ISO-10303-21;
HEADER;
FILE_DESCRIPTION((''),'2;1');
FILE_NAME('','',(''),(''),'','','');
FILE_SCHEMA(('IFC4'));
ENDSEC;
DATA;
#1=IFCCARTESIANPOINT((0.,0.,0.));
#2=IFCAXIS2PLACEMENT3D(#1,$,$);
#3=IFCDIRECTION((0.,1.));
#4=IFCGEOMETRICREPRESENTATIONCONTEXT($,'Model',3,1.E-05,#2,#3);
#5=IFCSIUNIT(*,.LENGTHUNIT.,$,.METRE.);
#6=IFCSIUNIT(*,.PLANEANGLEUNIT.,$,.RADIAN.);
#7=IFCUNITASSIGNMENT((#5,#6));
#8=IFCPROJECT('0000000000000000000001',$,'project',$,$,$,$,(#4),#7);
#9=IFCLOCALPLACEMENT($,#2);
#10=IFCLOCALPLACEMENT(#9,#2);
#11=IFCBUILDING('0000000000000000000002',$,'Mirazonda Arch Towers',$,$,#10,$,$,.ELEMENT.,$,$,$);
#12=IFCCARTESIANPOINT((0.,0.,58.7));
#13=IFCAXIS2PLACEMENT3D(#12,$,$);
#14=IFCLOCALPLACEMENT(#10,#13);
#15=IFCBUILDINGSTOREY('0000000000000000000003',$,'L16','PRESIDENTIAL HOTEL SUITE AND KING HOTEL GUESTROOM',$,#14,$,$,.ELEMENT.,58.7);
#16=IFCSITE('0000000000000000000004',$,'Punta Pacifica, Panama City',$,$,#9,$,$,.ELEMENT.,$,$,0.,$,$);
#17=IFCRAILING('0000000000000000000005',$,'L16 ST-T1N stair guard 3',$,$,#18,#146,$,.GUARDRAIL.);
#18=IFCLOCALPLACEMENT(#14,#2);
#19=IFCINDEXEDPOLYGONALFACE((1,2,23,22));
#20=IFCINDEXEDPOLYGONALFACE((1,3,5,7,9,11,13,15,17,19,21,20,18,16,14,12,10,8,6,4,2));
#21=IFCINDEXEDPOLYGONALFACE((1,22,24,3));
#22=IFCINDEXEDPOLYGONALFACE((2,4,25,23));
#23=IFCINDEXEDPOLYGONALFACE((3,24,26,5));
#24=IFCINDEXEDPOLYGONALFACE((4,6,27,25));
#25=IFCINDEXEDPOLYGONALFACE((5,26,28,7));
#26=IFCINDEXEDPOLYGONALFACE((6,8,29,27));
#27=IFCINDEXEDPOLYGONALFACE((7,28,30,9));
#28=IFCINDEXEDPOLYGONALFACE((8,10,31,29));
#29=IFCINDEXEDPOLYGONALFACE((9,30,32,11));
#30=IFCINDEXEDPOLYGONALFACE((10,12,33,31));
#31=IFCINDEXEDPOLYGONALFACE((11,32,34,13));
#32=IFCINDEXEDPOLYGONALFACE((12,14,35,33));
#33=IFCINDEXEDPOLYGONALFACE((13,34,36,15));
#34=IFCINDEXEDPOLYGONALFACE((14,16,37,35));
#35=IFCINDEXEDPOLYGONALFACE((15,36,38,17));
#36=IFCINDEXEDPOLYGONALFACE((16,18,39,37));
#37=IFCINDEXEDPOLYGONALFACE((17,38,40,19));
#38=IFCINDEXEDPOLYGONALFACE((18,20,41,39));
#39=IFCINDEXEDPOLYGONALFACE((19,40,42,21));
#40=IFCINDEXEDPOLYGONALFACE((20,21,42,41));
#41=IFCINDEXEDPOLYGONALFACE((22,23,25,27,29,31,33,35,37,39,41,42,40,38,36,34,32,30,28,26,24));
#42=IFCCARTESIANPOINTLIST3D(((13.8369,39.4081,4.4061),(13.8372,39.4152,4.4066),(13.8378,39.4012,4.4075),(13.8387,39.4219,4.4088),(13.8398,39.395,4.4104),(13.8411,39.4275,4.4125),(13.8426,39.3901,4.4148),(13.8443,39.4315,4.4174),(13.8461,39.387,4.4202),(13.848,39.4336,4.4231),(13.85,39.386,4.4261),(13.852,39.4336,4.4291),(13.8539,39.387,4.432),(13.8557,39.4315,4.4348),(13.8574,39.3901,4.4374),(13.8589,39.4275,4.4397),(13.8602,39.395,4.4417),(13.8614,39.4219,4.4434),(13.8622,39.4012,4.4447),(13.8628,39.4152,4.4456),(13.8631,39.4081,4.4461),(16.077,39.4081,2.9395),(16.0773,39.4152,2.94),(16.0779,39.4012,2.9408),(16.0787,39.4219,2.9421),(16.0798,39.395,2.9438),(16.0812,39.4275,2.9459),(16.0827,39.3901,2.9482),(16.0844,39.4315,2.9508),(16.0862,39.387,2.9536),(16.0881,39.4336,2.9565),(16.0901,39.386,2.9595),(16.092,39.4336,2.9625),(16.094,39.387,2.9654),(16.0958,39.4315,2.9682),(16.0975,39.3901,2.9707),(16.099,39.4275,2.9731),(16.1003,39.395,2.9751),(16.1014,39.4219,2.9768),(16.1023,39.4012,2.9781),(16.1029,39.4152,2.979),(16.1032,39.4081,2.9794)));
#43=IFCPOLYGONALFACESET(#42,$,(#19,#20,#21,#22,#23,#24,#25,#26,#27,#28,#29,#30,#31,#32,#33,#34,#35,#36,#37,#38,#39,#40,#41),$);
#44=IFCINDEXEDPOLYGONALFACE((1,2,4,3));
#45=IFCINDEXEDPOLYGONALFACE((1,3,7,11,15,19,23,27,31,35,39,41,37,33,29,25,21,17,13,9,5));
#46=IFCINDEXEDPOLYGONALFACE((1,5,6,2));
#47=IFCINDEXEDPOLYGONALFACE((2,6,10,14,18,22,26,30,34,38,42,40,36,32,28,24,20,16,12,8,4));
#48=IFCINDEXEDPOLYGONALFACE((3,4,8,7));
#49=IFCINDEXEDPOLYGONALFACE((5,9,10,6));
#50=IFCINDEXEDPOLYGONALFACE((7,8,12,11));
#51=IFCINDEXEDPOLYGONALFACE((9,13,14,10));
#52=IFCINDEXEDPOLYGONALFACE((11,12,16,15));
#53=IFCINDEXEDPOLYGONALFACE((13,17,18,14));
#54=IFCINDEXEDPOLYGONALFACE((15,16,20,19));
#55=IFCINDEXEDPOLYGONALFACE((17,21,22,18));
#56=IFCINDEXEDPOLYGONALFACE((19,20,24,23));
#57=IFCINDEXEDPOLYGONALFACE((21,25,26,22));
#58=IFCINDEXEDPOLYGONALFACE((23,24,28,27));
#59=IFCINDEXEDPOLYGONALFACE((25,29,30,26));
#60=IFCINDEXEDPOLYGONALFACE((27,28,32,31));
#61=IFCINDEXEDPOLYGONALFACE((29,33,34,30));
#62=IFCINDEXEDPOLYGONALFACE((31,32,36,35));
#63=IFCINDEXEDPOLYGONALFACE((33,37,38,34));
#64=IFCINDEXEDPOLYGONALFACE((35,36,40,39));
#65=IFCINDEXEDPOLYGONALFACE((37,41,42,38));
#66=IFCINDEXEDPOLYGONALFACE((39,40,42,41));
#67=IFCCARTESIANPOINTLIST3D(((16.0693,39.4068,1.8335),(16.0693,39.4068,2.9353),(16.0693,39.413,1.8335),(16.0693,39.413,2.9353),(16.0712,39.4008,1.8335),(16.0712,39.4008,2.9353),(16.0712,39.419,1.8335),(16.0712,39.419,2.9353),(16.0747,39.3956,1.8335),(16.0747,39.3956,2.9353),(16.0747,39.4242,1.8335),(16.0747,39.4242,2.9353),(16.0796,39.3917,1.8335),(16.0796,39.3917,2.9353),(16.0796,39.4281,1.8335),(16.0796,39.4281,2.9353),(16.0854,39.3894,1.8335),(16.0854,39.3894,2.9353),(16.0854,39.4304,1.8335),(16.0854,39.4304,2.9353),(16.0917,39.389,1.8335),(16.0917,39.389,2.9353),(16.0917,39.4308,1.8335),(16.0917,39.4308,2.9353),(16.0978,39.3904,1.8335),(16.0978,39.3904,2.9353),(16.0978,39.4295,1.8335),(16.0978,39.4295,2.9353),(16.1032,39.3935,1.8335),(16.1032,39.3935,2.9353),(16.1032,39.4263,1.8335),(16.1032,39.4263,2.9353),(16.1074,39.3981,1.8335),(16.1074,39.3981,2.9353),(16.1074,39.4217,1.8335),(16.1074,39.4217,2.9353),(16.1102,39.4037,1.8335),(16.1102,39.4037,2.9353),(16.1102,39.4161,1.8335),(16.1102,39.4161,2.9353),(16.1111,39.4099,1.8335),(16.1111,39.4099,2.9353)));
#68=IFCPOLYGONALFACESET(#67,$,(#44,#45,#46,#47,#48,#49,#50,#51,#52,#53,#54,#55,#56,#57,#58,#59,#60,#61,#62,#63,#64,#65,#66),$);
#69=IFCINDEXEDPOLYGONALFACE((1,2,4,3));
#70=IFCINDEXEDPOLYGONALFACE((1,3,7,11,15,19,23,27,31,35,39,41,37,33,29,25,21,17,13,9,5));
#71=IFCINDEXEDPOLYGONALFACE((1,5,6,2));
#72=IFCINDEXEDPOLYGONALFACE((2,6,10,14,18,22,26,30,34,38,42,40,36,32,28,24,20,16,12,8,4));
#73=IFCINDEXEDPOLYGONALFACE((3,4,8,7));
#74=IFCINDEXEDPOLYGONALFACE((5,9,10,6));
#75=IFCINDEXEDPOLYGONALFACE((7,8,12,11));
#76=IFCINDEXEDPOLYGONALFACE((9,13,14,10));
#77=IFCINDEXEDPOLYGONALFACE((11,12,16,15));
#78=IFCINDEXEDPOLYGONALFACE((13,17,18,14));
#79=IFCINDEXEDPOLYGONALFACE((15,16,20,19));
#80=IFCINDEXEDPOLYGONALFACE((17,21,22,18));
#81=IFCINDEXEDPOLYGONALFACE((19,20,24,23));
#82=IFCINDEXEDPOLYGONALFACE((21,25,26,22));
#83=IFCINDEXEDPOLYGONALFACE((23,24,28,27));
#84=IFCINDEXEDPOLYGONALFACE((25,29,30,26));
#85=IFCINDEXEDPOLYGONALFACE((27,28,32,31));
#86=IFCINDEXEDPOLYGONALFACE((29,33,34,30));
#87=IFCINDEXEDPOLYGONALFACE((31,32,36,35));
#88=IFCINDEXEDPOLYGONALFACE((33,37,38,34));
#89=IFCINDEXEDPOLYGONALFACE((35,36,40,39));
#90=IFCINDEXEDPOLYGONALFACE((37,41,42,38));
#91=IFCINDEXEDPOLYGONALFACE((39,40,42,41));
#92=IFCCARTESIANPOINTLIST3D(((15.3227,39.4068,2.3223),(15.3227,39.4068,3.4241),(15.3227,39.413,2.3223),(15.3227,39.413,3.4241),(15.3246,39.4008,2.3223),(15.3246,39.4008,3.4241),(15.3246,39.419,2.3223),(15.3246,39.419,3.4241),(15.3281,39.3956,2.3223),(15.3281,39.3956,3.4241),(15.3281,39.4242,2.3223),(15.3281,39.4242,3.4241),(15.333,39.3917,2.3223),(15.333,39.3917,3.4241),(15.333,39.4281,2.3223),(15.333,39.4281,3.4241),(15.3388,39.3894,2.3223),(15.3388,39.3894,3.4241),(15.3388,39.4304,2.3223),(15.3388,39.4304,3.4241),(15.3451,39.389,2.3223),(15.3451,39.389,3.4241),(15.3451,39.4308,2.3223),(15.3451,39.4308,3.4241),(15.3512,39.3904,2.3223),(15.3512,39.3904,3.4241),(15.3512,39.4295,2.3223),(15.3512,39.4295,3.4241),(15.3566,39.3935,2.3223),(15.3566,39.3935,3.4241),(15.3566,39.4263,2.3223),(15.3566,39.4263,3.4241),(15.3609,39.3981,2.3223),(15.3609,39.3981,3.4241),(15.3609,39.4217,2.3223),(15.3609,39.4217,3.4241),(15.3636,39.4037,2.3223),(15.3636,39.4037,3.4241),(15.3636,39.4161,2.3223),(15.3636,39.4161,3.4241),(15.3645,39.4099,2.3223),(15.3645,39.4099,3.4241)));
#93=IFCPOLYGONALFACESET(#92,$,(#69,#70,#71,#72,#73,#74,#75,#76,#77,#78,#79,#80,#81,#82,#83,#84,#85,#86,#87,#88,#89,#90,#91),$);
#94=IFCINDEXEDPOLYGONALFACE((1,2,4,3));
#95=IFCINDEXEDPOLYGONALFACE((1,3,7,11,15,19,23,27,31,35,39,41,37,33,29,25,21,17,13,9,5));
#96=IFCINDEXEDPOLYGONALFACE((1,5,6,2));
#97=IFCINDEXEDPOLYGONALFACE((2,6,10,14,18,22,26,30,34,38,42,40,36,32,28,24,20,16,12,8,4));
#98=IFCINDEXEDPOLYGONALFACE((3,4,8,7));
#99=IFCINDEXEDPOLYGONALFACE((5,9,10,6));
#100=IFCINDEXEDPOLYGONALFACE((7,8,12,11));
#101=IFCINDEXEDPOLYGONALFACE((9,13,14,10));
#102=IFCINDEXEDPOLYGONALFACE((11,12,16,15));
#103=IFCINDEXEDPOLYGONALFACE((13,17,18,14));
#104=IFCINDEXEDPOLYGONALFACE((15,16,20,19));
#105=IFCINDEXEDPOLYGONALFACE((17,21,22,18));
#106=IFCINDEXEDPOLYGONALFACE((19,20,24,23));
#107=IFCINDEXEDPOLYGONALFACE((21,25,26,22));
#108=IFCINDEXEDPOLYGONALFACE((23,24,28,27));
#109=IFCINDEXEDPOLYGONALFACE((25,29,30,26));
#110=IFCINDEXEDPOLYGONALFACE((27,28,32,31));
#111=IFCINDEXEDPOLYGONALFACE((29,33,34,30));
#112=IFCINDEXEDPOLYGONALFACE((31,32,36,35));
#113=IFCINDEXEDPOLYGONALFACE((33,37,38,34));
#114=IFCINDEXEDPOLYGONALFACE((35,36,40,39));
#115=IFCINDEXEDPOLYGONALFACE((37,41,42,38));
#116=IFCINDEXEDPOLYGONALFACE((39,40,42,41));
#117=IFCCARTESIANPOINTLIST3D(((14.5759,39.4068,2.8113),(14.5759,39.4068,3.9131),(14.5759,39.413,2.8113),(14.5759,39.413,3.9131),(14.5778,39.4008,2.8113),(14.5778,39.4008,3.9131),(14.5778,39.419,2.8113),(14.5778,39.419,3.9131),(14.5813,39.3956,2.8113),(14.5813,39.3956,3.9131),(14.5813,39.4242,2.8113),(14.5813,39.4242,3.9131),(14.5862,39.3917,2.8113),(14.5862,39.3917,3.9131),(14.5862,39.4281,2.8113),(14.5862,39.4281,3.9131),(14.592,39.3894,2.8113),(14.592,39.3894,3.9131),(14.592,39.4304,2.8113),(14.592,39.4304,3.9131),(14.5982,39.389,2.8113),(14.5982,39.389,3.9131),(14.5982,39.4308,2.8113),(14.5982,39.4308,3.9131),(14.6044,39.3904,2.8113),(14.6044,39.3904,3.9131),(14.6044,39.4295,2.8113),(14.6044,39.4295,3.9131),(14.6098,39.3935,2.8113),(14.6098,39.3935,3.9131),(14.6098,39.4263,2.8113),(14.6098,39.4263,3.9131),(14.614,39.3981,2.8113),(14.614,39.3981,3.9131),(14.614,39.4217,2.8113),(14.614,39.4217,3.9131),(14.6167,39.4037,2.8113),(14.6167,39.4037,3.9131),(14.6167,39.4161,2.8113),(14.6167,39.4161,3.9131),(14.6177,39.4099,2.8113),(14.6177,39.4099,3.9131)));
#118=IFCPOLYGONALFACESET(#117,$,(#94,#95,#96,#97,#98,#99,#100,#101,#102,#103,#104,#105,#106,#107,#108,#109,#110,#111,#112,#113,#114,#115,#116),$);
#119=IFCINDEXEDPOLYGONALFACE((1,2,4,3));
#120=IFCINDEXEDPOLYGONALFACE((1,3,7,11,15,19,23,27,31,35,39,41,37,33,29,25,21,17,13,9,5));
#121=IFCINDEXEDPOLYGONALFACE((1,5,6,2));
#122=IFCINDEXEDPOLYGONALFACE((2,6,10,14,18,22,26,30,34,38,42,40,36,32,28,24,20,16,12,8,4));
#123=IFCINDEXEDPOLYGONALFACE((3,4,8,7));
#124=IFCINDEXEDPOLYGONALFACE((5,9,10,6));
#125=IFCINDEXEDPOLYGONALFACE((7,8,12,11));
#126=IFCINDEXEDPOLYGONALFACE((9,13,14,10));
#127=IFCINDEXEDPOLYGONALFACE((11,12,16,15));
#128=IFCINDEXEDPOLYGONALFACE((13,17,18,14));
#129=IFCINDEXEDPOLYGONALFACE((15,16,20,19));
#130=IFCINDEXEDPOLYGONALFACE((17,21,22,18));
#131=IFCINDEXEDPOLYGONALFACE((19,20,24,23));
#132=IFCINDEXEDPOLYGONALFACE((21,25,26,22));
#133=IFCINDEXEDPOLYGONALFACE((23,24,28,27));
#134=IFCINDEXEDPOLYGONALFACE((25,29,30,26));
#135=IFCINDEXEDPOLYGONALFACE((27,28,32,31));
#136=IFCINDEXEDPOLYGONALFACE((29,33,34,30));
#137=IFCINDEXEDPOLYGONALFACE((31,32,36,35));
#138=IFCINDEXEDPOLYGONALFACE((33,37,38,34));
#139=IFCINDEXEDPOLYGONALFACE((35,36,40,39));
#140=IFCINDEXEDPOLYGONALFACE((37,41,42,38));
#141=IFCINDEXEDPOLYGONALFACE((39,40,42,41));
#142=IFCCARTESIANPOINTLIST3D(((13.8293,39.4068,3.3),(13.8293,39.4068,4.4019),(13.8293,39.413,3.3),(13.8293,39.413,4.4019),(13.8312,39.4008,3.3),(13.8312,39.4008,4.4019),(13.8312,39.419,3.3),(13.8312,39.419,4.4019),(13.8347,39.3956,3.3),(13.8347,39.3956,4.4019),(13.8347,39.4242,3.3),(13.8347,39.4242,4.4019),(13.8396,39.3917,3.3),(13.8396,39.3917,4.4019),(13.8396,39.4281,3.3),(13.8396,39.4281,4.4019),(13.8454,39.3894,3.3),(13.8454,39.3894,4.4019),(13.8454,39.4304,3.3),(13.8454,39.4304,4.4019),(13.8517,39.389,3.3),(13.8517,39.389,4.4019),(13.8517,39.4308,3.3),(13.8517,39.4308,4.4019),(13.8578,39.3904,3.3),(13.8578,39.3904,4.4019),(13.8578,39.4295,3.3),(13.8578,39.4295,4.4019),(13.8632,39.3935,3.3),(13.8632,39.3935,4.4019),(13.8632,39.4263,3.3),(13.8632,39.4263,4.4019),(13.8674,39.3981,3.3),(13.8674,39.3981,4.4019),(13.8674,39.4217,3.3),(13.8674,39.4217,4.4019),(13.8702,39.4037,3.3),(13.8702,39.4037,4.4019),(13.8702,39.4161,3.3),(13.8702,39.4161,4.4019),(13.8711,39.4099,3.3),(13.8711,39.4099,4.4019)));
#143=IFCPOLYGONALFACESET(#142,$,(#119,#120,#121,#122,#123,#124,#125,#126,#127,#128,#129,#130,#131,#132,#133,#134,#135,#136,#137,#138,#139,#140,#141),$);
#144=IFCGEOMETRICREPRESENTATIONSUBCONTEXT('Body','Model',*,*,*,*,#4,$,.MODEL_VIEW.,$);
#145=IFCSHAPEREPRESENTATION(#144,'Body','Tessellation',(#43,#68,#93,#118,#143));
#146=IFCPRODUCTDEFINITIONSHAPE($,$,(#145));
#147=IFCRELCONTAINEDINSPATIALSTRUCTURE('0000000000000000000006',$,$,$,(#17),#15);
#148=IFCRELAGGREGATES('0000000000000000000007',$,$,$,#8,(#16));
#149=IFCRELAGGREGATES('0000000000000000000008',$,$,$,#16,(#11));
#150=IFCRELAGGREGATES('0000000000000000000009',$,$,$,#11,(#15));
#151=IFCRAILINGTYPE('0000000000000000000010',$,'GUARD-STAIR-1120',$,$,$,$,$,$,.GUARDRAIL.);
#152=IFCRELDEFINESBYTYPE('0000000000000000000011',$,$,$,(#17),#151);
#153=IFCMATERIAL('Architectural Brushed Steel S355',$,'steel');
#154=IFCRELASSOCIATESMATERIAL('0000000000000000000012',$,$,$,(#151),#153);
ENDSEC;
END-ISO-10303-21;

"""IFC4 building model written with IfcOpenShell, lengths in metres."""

from ifc_helpers import new_model, si_unit, direction, frame, origin, origin_2d, place, context, subcontext, project, spatial, circle, extrude, material, type_object, element, save


model = new_model("IFC4")

# Units and contexts
model_context = context("Model", 3, precision=1e-05, world=origin(), true_north=direction((0.0, 1.0)))
body_context = subcontext(model_context, "Body", "Model", "MODEL_VIEW")
ifc_project = project(units=[si_unit("LENGTHUNIT", "METRE"), si_unit("PLANEANGLEUNIT", "RADIAN")], contexts=[model_context])

# Site, building, storey
site_placement = place(None, origin())
site = spatial("IfcSite", under=ifc_project, at=site_placement, Name="Punta Pacifica, Panama City", CompositionType="ELEMENT", RefElevation=0.0)
building_placement = place(site_placement, origin())
building = spatial("IfcBuilding", under=site, at=building_placement, Name="Mirazonda Arch Towers", CompositionType="ELEMENT")
storey_placement = place(building_placement, frame((0.0, 0.0, 58.7)))
storey = spatial("IfcBuildingStorey", under=building, at=storey_placement, Name="L16", Description="PRESIDENTIAL HOTEL SUITE AND KING HOTEL GUESTROOM", CompositionType="ELEMENT", Elevation=58.7)

# Shared definitions
ifc_material_1 = material(Name="Architectural Brushed Steel S355", Category="steel")

# Railing
railing_type_1 = type_object("IfcRailingType", Name="GUARD-STAIR-1120", PredefinedType="GUARDRAIL", material=ifc_material_1)
railing_1_placement = place(storey_placement, frame((16.0901, 39.4099, 1.8335)))
element("IfcRailing", 1, at=railing_1_placement, inside=storey, type_object=railing_type_1, Name="L16 ST-T1N stair guard 3", PredefinedType="GUARDRAIL", context=body_context, shape_type="SweptSolid", body=[
    extrude(circle(Radius=0.0239, at=origin_2d()), frame((0.0, 0.0, 1.126), z_axis=(-0.836637, 0.0, 0.547758), x_axis=(0.0, -1.0, 0.0)), (0.0, 0.0, 1.0), 2.6775),
    extrude(circle(Radius=0.021, at=origin_2d()), origin(), (0.0, 0.0, 1.0), 1.1018),
    extrude(circle(Radius=0.021, at=origin_2d()), frame((-0.7466, 0.0, 0.4888)), (0.0, 0.0, 1.0), 1.1018),
    extrude(circle(Radius=0.021, at=origin_2d()), frame((-1.4934, 0.0, 0.9778)), (0.0, 0.0, 1.0), 1.1018),
    extrude(circle(Radius=0.021, at=origin_2d()), frame((-2.24, 0.0, 1.4666)), (0.0, 0.0, 1.0), 1.1018),
])

save(model, "model.ifc")
